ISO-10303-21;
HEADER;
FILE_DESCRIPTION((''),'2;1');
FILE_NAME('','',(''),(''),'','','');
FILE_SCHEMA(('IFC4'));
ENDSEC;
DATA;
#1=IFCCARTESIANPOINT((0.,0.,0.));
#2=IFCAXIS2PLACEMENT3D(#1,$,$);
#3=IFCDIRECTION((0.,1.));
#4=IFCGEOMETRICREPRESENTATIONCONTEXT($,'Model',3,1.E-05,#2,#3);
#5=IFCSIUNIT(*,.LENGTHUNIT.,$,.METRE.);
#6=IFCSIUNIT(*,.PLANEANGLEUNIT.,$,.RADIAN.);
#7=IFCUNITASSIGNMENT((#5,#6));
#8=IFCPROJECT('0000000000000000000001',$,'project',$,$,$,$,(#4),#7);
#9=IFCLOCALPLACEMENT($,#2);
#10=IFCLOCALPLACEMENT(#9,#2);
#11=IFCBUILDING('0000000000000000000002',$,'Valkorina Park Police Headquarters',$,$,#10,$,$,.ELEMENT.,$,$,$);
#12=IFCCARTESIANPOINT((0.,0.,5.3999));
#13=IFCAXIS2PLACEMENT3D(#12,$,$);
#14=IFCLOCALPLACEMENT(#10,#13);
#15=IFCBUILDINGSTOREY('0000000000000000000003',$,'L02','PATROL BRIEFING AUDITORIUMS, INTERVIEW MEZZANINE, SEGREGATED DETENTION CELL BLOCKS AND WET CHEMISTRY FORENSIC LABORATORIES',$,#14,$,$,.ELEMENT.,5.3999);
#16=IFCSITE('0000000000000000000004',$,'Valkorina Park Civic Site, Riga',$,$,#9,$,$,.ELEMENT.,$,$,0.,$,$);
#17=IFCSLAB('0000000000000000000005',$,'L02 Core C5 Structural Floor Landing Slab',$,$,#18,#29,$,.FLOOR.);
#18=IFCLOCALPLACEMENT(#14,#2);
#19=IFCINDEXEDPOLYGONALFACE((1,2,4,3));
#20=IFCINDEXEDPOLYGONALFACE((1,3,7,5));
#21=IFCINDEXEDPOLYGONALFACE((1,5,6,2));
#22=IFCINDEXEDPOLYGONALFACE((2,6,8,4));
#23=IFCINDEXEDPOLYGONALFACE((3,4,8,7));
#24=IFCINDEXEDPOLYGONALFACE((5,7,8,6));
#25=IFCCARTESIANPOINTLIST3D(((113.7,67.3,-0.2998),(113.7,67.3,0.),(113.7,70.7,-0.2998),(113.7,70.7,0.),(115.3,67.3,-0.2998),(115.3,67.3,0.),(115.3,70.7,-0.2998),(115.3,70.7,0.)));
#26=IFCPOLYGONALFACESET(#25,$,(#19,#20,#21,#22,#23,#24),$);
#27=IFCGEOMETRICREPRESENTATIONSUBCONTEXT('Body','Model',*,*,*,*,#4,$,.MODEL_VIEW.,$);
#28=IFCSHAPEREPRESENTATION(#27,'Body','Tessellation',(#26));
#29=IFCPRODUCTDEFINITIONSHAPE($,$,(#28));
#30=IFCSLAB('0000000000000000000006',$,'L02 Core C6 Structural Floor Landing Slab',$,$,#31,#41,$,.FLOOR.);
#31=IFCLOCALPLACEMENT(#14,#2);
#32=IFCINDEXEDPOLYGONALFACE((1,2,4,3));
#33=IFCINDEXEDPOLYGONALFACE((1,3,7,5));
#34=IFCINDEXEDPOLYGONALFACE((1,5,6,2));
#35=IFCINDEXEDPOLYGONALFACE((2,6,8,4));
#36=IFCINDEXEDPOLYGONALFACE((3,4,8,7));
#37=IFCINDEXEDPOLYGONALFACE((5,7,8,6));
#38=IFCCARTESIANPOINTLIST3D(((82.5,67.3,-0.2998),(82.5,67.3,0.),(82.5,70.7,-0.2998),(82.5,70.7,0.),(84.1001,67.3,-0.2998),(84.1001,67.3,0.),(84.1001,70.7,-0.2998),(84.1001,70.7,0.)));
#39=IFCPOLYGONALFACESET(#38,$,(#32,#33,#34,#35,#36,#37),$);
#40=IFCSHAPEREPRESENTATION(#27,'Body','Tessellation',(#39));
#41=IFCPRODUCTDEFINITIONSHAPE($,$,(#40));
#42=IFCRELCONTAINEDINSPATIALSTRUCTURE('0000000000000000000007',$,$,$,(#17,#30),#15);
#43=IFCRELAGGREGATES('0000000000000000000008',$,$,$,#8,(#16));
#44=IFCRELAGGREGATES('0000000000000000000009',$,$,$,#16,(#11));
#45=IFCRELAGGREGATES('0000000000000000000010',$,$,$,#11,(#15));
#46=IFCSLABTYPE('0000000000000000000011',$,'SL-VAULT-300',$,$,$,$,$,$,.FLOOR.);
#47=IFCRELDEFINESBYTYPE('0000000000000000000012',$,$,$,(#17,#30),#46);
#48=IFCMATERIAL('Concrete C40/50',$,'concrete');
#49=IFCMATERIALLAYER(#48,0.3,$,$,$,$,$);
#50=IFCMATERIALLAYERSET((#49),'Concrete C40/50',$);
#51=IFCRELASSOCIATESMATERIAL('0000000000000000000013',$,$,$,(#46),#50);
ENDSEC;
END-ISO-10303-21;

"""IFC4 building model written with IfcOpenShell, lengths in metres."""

from ifc_helpers import new_model, si_unit, direction, frame, origin, place, context, subcontext, project, spatial, polyline, outline, extrude, material, layer, layer_set, type_object, element, save


model = new_model("IFC4")

# Units and contexts
model_context = context("Model", 3, precision=1e-05, world=origin(), true_north=direction((0.0, 1.0)))
body_context = subcontext(model_context, "Body", "Model", "MODEL_VIEW")
ifc_project = project(units=[si_unit("LENGTHUNIT", "METRE"), si_unit("PLANEANGLEUNIT", "RADIAN")], contexts=[model_context])

# Site, building, storey
site_placement = place(None, origin())
site = spatial("IfcSite", under=ifc_project, at=site_placement, Name="Valkorina Park Civic Site, Riga", CompositionType="ELEMENT", RefElevation=0.0)
building_placement = place(site_placement, origin())
building = spatial("IfcBuilding", under=site, at=building_placement, Name="Valkorina Park Police Headquarters", CompositionType="ELEMENT")
storey_placement = place(building_placement, frame((0.0, 0.0, 5.3999)))
storey = spatial("IfcBuildingStorey", under=building, at=storey_placement, Name="L02", Description="PATROL BRIEFING AUDITORIUMS, INTERVIEW MEZZANINE, SEGREGATED DETENTION CELL BLOCKS AND WET CHEMISTRY FORENSIC LABORATORIES", CompositionType="ELEMENT", Elevation=5.3999)

# Slabs
ifc_material_1 = material(Name="Concrete C40/50", Category="concrete")
ifc_layer_1 = layer(ifc_material_1, 0.3)
ifc_layer_set_1 = layer_set([ifc_layer_1], Name="Concrete C40/50")
slab_type_1 = type_object("IfcSlabType", Name="SL-VAULT-300", PredefinedType="FLOOR", material=ifc_layer_set_1)
slab_1_placement = place(storey_placement, frame((0.0, 0.0, -0.2998)))
element("IfcSlab", 1, at=slab_1_placement, inside=storey, type_object=slab_type_1, Name="L02 Core C5 Structural Floor Landing Slab", PredefinedType="FLOOR", context=body_context, shape_type="SweptSolid", body=[
    extrude(outline(polyline([(113.7, 67.3), (115.3, 67.3), (115.3, 70.7), (113.7, 70.7), (113.7, 67.3)])), origin(), (0.0, 0.0, 1.0), 0.2998),
])
slab_2_placement = place(storey_placement, frame((0.0, 0.0, -0.2998)))
element("IfcSlab", 2, at=slab_2_placement, inside=storey, type_object=slab_type_1, Name="L02 Core C6 Structural Floor Landing Slab", PredefinedType="FLOOR", context=body_context, shape_type="SweptSolid", body=[
    extrude(outline(polyline([(82.5, 67.3), (84.1001, 67.3), (84.1001, 70.7), (82.5, 70.7), (82.5, 67.3)])), origin(), (0.0, 0.0, 1.0), 0.2998),
])

save(model, "model.ifc")
